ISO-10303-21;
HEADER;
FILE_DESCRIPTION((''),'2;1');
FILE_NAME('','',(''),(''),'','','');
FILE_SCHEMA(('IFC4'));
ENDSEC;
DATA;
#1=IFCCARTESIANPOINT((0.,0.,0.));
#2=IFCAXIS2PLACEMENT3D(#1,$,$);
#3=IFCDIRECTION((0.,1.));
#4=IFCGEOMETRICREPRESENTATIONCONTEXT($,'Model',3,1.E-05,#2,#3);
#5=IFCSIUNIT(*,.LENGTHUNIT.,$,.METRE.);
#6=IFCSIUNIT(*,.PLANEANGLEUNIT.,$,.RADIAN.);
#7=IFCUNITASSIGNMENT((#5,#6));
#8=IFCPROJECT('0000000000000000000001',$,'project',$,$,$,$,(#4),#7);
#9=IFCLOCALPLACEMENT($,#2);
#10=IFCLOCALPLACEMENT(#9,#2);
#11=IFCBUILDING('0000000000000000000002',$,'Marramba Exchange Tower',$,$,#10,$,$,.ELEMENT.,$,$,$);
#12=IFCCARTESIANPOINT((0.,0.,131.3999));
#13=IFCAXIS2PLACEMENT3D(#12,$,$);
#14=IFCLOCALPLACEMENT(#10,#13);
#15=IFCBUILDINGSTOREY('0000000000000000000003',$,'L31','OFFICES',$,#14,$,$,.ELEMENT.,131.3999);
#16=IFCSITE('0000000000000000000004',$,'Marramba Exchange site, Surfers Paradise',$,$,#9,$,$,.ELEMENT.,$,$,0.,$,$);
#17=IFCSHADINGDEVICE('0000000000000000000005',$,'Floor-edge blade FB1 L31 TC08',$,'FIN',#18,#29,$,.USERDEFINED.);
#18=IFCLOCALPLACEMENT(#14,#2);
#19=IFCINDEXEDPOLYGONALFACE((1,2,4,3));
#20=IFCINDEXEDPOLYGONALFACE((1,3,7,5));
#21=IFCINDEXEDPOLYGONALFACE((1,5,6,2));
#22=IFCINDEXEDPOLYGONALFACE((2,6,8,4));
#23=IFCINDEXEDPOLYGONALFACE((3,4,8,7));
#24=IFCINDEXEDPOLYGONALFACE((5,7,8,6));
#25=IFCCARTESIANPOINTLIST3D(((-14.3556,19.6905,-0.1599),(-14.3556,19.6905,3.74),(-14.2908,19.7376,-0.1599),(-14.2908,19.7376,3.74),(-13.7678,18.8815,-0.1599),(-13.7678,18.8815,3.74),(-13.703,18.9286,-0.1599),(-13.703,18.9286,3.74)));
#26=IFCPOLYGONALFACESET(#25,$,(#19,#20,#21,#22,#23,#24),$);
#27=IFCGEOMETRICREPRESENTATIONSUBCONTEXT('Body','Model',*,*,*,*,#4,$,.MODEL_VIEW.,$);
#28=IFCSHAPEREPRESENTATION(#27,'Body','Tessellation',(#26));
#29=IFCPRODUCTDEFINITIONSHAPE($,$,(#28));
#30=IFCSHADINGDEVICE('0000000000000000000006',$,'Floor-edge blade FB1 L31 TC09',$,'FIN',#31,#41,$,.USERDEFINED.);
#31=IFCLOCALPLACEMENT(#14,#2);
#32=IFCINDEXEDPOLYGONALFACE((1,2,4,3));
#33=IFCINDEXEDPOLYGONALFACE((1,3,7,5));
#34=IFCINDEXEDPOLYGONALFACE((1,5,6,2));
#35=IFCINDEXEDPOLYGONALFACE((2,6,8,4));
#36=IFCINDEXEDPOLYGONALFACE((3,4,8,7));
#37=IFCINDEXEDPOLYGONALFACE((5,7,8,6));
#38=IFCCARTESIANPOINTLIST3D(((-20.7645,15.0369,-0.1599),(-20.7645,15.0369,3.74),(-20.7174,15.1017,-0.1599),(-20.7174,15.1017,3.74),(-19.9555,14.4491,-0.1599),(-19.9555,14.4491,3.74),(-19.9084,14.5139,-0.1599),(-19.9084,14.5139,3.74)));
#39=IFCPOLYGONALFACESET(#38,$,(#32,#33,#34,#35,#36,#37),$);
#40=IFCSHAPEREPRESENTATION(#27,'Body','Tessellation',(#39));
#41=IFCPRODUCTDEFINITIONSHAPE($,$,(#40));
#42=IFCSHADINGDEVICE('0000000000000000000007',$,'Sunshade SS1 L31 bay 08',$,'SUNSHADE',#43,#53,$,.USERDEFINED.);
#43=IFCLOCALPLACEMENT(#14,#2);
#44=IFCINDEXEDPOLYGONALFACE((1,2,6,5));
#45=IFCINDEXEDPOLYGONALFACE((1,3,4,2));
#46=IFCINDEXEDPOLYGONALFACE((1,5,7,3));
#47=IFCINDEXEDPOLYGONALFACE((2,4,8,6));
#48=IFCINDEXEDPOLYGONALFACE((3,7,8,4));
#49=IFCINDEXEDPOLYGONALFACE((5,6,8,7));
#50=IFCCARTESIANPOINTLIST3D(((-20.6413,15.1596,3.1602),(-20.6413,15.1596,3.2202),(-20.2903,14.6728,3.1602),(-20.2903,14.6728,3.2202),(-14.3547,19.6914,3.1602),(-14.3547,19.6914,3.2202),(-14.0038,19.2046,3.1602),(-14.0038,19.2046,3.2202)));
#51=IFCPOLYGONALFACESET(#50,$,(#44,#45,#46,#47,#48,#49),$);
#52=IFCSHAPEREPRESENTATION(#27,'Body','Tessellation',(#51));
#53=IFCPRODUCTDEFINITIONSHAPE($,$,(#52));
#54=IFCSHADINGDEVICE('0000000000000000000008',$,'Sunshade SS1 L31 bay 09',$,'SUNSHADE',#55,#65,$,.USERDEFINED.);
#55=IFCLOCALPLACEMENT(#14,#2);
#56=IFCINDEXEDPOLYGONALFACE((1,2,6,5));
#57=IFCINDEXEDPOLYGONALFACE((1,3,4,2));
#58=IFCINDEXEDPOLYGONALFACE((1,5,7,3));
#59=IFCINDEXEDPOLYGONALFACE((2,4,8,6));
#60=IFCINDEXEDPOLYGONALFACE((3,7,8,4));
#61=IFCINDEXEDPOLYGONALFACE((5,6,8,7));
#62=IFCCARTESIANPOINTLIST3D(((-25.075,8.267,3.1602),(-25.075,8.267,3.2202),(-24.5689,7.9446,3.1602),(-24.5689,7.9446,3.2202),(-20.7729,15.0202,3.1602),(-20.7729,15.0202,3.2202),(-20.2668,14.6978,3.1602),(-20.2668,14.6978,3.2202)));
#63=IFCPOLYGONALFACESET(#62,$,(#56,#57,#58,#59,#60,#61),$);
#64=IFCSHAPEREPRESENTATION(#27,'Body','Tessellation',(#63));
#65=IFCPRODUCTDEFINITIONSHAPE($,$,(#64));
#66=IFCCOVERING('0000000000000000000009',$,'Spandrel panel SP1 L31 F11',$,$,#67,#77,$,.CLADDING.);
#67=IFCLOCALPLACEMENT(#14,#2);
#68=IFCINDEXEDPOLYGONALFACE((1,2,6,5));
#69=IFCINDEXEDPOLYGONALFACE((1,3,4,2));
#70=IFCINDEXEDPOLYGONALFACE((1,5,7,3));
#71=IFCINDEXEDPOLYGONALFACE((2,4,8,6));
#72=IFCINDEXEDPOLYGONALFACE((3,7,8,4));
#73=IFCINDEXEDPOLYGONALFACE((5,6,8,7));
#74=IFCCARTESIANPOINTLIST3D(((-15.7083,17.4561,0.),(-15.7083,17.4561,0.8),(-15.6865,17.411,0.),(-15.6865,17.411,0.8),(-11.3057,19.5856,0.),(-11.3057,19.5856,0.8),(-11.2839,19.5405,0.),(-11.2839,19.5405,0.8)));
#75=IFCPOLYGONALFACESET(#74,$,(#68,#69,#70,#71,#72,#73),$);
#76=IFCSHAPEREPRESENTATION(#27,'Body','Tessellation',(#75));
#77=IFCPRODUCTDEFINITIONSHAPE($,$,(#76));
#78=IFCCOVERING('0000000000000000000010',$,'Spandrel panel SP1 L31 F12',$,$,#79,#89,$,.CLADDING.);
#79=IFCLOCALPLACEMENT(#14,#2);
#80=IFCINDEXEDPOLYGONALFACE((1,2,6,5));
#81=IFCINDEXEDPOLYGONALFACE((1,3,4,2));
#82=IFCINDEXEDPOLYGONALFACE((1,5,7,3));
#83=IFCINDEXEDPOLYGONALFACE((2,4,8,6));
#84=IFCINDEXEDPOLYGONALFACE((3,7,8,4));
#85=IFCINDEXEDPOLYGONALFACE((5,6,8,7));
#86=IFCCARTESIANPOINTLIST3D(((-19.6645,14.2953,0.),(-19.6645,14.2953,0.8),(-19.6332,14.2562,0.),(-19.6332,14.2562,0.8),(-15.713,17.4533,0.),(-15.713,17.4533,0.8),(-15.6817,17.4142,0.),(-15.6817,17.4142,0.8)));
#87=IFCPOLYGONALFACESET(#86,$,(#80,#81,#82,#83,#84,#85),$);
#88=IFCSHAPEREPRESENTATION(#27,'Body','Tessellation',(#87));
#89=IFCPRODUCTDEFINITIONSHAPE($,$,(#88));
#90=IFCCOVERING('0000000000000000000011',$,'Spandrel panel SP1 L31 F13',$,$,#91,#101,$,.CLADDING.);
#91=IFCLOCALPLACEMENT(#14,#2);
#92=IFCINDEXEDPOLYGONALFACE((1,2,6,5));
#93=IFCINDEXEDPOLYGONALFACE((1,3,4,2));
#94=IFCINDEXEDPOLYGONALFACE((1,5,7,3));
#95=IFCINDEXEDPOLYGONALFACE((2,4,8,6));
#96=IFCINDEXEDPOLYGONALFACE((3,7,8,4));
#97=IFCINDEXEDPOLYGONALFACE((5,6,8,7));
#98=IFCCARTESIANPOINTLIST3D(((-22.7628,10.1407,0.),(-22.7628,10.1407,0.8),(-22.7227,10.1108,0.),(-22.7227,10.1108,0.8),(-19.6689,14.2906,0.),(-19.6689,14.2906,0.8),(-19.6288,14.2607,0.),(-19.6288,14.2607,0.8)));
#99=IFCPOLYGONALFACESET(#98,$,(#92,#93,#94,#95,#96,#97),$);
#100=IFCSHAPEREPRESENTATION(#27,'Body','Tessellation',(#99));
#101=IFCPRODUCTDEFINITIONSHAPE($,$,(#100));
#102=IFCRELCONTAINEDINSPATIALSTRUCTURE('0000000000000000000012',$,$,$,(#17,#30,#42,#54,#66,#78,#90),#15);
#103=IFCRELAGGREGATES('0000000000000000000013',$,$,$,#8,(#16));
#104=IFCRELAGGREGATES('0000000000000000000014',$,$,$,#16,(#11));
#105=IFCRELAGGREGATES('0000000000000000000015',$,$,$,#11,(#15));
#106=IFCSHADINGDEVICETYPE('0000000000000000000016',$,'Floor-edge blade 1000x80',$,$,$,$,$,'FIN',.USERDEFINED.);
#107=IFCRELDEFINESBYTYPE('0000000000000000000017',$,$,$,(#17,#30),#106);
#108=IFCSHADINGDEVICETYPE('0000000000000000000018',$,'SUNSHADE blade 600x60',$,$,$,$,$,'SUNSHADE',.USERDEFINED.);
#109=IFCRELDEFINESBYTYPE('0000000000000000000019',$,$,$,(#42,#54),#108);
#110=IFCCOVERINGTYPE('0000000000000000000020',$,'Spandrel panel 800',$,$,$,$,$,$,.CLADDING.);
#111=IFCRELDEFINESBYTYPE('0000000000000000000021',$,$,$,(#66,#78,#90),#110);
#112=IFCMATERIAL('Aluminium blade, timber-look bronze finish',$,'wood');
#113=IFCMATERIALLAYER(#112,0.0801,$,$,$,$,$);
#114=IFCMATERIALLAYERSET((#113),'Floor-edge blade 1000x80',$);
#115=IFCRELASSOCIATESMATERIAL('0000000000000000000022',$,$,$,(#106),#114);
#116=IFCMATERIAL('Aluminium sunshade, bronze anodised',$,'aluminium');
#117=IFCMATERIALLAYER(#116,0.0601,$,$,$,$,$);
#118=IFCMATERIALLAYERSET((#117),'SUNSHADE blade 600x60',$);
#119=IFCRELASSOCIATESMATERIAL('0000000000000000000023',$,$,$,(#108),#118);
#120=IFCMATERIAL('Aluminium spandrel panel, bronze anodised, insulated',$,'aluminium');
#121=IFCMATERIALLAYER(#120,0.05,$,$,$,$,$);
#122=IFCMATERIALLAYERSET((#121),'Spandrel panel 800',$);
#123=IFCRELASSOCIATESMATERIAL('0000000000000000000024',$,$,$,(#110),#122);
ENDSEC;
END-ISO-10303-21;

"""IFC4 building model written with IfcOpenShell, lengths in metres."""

from ifc_helpers import new_model, si_unit, direction, frame, origin, origin_2d, place, context, subcontext, project, spatial, rectangle, extrude, material, layer, layer_set, type_object, element, save


model = new_model("IFC4")

# Units and contexts
model_context = context("Model", 3, precision=1e-05, world=origin(), true_north=direction((0.0, 1.0)))
body_context = subcontext(model_context, "Body", "Model", "MODEL_VIEW")
ifc_project = project(units=[si_unit("LENGTHUNIT", "METRE"), si_unit("PLANEANGLEUNIT", "RADIAN")], contexts=[model_context])

# Site, building, storey
site_placement = place(None, origin())
site = spatial("IfcSite", under=ifc_project, at=site_placement, Name="Marramba Exchange site, Surfers Paradise", CompositionType="ELEMENT", RefElevation=0.0)
building_placement = place(site_placement, origin())
building = spatial("IfcBuilding", under=site, at=building_placement, Name="Marramba Exchange Tower", CompositionType="ELEMENT")
storey_placement = place(building_placement, frame((0.0, 0.0, 131.3999)))
storey = spatial("IfcBuildingStorey", under=building, at=storey_placement, Name="L31", Description="OFFICES", CompositionType="ELEMENT", Elevation=131.3999)

# Shading devices
ifc_material_1 = material(Name="Aluminium blade, timber-look bronze finish", Category="wood")
ifc_layer_1 = layer(ifc_material_1, 0.0801)
ifc_layer_set_1 = layer_set([ifc_layer_1], Name="Floor-edge blade 1000x80")
shading_device_type_1 = type_object("IfcShadingDeviceType", Name="Floor-edge blade 1000x80", ElementType="FIN", PredefinedType="USERDEFINED", material=ifc_layer_set_1)
for number, where, z_axis, x_axis, name in (
    (1, (-14.0293, 19.3096, -0.1599), (0.0, 0.0, 1.0), (-0.587785, 0.809017, 0.0), "Floor-edge blade FB1 L31 TC08"),
    (2, (-20.3364, 14.7754, -0.1599), (0.0, 0.0, 1.0), (-0.809017, 0.587785, 0.0), "Floor-edge blade FB1 L31 TC09"),
):
    element("IfcShadingDevice", number, at=place(storey_placement, frame(where, z_axis=z_axis, x_axis=x_axis)), inside=storey, type_object=shading_device_type_1, Name=name, ObjectType="FIN", PredefinedType="USERDEFINED", context=body_context, shape_type="SweptSolid", body=[
        extrude(rectangle(XDim=1.0, YDim=0.0801, at=origin_2d()), origin(), (0.0, 0.0, 1.0), 3.8999),
    ])
ifc_material_2 = material(Name="Aluminium sunshade, bronze anodised", Category="aluminium")
ifc_layer_2 = layer(ifc_material_2, 0.0601)
ifc_layer_set_2 = layer_set([ifc_layer_2], Name="SUNSHADE blade 600x60")
shading_device_type_2 = type_object("IfcShadingDeviceType", Name="SUNSHADE blade 600x60", ElementType="SUNSHADE", PredefinedType="USERDEFINED", material=ifc_layer_set_2)
shading_device_1_placement = place(storey_placement, frame((-17.3225, 17.1821, 3.1602), z_axis=(0.0, 0.0, 1.0), x_axis=(-0.811199, -0.58477, 0.0)))
element("IfcShadingDevice", 3, at=shading_device_1_placement, inside=storey, type_object=shading_device_type_2, Name="Sunshade SS1 L31 bay 08", ObjectType="SUNSHADE", PredefinedType="USERDEFINED", context=body_context, shape_type="SweptSolid", body=[
    extrude(rectangle(XDim=7.7498, YDim=0.6001, at=origin_2d()), origin(), (0.0, 0.0, 1.0), 0.0601),
])
shading_device_2_placement = place(storey_placement, frame((-22.6709, 11.4824, 3.1602), z_axis=(0.0, 0.0, 1.0), x_axis=(-0.537285, -0.843401, 0.0)))
element("IfcShadingDevice", 4, at=shading_device_2_placement, inside=storey, type_object=shading_device_type_2, Name="Sunshade SS1 L31 bay 09", ObjectType="SUNSHADE", PredefinedType="USERDEFINED", context=body_context, shape_type="SweptSolid", body=[
    extrude(rectangle(XDim=8.0071, YDim=0.6001, at=origin_2d()), origin(), (0.0, 0.0, 1.0), 0.0601),
])

# Coverings
ifc_material_3 = material(Name="Aluminium spandrel panel, bronze anodised, insulated", Category="aluminium")
ifc_layer_3 = layer(ifc_material_3, 0.05)
ifc_layer_set_3 = layer_set([ifc_layer_3], Name="Spandrel panel 800")
covering_type = type_object("IfcCoveringType", Name="Spandrel panel 800", PredefinedType="CLADDING", material=ifc_layer_set_3)
covering_1_placement = place(storey_placement, frame((-13.4961, 18.4983, 0.0), z_axis=(0.0, 0.0, 1.0), x_axis=(-0.900224, -0.435428, 0.0)))
element("IfcCovering", 5, at=covering_1_placement, inside=storey, type_object=covering_type, Name="Spandrel panel SP1 L31 F11", PredefinedType="CLADDING", context=body_context, shape_type="SweptSolid", body=[
    extrude(rectangle(XDim=4.8906, YDim=0.05, at=origin_2d()), origin(), (0.0, 0.0, 1.0), 0.8),
])
covering_2_placement = place(storey_placement, frame((-17.6731, 15.8547, 0.0), z_axis=(0.0, 0.0, 1.0), x_axis=(-0.781178, -0.624308, 0.0)))
element("IfcCovering", 6, at=covering_2_placement, inside=storey, type_object=covering_type, Name="Spandrel panel SP1 L31 F12", PredefinedType="CLADDING", context=body_context, shape_type="SweptSolid", body=[
    extrude(rectangle(XDim=5.0583, YDim=0.05, at=origin_2d()), origin(), (0.0, 0.0, 1.0), 0.8),
])
covering_3_placement = place(storey_placement, frame((-21.1958, 12.2007, 0.0), z_axis=(0.0, 0.0, 1.0), x_axis=(-0.597704, -0.801717, 0.0)))
element("IfcCovering", 7, at=covering_3_placement, inside=storey, type_object=covering_type, Name="Spandrel panel SP1 L31 F13", PredefinedType="CLADDING", context=body_context, shape_type="SweptSolid", body=[
    extrude(rectangle(XDim=5.1763, YDim=0.05, at=origin_2d()), origin(), (0.0, 0.0, 1.0), 0.8),
])

save(model, "model.ifc")
